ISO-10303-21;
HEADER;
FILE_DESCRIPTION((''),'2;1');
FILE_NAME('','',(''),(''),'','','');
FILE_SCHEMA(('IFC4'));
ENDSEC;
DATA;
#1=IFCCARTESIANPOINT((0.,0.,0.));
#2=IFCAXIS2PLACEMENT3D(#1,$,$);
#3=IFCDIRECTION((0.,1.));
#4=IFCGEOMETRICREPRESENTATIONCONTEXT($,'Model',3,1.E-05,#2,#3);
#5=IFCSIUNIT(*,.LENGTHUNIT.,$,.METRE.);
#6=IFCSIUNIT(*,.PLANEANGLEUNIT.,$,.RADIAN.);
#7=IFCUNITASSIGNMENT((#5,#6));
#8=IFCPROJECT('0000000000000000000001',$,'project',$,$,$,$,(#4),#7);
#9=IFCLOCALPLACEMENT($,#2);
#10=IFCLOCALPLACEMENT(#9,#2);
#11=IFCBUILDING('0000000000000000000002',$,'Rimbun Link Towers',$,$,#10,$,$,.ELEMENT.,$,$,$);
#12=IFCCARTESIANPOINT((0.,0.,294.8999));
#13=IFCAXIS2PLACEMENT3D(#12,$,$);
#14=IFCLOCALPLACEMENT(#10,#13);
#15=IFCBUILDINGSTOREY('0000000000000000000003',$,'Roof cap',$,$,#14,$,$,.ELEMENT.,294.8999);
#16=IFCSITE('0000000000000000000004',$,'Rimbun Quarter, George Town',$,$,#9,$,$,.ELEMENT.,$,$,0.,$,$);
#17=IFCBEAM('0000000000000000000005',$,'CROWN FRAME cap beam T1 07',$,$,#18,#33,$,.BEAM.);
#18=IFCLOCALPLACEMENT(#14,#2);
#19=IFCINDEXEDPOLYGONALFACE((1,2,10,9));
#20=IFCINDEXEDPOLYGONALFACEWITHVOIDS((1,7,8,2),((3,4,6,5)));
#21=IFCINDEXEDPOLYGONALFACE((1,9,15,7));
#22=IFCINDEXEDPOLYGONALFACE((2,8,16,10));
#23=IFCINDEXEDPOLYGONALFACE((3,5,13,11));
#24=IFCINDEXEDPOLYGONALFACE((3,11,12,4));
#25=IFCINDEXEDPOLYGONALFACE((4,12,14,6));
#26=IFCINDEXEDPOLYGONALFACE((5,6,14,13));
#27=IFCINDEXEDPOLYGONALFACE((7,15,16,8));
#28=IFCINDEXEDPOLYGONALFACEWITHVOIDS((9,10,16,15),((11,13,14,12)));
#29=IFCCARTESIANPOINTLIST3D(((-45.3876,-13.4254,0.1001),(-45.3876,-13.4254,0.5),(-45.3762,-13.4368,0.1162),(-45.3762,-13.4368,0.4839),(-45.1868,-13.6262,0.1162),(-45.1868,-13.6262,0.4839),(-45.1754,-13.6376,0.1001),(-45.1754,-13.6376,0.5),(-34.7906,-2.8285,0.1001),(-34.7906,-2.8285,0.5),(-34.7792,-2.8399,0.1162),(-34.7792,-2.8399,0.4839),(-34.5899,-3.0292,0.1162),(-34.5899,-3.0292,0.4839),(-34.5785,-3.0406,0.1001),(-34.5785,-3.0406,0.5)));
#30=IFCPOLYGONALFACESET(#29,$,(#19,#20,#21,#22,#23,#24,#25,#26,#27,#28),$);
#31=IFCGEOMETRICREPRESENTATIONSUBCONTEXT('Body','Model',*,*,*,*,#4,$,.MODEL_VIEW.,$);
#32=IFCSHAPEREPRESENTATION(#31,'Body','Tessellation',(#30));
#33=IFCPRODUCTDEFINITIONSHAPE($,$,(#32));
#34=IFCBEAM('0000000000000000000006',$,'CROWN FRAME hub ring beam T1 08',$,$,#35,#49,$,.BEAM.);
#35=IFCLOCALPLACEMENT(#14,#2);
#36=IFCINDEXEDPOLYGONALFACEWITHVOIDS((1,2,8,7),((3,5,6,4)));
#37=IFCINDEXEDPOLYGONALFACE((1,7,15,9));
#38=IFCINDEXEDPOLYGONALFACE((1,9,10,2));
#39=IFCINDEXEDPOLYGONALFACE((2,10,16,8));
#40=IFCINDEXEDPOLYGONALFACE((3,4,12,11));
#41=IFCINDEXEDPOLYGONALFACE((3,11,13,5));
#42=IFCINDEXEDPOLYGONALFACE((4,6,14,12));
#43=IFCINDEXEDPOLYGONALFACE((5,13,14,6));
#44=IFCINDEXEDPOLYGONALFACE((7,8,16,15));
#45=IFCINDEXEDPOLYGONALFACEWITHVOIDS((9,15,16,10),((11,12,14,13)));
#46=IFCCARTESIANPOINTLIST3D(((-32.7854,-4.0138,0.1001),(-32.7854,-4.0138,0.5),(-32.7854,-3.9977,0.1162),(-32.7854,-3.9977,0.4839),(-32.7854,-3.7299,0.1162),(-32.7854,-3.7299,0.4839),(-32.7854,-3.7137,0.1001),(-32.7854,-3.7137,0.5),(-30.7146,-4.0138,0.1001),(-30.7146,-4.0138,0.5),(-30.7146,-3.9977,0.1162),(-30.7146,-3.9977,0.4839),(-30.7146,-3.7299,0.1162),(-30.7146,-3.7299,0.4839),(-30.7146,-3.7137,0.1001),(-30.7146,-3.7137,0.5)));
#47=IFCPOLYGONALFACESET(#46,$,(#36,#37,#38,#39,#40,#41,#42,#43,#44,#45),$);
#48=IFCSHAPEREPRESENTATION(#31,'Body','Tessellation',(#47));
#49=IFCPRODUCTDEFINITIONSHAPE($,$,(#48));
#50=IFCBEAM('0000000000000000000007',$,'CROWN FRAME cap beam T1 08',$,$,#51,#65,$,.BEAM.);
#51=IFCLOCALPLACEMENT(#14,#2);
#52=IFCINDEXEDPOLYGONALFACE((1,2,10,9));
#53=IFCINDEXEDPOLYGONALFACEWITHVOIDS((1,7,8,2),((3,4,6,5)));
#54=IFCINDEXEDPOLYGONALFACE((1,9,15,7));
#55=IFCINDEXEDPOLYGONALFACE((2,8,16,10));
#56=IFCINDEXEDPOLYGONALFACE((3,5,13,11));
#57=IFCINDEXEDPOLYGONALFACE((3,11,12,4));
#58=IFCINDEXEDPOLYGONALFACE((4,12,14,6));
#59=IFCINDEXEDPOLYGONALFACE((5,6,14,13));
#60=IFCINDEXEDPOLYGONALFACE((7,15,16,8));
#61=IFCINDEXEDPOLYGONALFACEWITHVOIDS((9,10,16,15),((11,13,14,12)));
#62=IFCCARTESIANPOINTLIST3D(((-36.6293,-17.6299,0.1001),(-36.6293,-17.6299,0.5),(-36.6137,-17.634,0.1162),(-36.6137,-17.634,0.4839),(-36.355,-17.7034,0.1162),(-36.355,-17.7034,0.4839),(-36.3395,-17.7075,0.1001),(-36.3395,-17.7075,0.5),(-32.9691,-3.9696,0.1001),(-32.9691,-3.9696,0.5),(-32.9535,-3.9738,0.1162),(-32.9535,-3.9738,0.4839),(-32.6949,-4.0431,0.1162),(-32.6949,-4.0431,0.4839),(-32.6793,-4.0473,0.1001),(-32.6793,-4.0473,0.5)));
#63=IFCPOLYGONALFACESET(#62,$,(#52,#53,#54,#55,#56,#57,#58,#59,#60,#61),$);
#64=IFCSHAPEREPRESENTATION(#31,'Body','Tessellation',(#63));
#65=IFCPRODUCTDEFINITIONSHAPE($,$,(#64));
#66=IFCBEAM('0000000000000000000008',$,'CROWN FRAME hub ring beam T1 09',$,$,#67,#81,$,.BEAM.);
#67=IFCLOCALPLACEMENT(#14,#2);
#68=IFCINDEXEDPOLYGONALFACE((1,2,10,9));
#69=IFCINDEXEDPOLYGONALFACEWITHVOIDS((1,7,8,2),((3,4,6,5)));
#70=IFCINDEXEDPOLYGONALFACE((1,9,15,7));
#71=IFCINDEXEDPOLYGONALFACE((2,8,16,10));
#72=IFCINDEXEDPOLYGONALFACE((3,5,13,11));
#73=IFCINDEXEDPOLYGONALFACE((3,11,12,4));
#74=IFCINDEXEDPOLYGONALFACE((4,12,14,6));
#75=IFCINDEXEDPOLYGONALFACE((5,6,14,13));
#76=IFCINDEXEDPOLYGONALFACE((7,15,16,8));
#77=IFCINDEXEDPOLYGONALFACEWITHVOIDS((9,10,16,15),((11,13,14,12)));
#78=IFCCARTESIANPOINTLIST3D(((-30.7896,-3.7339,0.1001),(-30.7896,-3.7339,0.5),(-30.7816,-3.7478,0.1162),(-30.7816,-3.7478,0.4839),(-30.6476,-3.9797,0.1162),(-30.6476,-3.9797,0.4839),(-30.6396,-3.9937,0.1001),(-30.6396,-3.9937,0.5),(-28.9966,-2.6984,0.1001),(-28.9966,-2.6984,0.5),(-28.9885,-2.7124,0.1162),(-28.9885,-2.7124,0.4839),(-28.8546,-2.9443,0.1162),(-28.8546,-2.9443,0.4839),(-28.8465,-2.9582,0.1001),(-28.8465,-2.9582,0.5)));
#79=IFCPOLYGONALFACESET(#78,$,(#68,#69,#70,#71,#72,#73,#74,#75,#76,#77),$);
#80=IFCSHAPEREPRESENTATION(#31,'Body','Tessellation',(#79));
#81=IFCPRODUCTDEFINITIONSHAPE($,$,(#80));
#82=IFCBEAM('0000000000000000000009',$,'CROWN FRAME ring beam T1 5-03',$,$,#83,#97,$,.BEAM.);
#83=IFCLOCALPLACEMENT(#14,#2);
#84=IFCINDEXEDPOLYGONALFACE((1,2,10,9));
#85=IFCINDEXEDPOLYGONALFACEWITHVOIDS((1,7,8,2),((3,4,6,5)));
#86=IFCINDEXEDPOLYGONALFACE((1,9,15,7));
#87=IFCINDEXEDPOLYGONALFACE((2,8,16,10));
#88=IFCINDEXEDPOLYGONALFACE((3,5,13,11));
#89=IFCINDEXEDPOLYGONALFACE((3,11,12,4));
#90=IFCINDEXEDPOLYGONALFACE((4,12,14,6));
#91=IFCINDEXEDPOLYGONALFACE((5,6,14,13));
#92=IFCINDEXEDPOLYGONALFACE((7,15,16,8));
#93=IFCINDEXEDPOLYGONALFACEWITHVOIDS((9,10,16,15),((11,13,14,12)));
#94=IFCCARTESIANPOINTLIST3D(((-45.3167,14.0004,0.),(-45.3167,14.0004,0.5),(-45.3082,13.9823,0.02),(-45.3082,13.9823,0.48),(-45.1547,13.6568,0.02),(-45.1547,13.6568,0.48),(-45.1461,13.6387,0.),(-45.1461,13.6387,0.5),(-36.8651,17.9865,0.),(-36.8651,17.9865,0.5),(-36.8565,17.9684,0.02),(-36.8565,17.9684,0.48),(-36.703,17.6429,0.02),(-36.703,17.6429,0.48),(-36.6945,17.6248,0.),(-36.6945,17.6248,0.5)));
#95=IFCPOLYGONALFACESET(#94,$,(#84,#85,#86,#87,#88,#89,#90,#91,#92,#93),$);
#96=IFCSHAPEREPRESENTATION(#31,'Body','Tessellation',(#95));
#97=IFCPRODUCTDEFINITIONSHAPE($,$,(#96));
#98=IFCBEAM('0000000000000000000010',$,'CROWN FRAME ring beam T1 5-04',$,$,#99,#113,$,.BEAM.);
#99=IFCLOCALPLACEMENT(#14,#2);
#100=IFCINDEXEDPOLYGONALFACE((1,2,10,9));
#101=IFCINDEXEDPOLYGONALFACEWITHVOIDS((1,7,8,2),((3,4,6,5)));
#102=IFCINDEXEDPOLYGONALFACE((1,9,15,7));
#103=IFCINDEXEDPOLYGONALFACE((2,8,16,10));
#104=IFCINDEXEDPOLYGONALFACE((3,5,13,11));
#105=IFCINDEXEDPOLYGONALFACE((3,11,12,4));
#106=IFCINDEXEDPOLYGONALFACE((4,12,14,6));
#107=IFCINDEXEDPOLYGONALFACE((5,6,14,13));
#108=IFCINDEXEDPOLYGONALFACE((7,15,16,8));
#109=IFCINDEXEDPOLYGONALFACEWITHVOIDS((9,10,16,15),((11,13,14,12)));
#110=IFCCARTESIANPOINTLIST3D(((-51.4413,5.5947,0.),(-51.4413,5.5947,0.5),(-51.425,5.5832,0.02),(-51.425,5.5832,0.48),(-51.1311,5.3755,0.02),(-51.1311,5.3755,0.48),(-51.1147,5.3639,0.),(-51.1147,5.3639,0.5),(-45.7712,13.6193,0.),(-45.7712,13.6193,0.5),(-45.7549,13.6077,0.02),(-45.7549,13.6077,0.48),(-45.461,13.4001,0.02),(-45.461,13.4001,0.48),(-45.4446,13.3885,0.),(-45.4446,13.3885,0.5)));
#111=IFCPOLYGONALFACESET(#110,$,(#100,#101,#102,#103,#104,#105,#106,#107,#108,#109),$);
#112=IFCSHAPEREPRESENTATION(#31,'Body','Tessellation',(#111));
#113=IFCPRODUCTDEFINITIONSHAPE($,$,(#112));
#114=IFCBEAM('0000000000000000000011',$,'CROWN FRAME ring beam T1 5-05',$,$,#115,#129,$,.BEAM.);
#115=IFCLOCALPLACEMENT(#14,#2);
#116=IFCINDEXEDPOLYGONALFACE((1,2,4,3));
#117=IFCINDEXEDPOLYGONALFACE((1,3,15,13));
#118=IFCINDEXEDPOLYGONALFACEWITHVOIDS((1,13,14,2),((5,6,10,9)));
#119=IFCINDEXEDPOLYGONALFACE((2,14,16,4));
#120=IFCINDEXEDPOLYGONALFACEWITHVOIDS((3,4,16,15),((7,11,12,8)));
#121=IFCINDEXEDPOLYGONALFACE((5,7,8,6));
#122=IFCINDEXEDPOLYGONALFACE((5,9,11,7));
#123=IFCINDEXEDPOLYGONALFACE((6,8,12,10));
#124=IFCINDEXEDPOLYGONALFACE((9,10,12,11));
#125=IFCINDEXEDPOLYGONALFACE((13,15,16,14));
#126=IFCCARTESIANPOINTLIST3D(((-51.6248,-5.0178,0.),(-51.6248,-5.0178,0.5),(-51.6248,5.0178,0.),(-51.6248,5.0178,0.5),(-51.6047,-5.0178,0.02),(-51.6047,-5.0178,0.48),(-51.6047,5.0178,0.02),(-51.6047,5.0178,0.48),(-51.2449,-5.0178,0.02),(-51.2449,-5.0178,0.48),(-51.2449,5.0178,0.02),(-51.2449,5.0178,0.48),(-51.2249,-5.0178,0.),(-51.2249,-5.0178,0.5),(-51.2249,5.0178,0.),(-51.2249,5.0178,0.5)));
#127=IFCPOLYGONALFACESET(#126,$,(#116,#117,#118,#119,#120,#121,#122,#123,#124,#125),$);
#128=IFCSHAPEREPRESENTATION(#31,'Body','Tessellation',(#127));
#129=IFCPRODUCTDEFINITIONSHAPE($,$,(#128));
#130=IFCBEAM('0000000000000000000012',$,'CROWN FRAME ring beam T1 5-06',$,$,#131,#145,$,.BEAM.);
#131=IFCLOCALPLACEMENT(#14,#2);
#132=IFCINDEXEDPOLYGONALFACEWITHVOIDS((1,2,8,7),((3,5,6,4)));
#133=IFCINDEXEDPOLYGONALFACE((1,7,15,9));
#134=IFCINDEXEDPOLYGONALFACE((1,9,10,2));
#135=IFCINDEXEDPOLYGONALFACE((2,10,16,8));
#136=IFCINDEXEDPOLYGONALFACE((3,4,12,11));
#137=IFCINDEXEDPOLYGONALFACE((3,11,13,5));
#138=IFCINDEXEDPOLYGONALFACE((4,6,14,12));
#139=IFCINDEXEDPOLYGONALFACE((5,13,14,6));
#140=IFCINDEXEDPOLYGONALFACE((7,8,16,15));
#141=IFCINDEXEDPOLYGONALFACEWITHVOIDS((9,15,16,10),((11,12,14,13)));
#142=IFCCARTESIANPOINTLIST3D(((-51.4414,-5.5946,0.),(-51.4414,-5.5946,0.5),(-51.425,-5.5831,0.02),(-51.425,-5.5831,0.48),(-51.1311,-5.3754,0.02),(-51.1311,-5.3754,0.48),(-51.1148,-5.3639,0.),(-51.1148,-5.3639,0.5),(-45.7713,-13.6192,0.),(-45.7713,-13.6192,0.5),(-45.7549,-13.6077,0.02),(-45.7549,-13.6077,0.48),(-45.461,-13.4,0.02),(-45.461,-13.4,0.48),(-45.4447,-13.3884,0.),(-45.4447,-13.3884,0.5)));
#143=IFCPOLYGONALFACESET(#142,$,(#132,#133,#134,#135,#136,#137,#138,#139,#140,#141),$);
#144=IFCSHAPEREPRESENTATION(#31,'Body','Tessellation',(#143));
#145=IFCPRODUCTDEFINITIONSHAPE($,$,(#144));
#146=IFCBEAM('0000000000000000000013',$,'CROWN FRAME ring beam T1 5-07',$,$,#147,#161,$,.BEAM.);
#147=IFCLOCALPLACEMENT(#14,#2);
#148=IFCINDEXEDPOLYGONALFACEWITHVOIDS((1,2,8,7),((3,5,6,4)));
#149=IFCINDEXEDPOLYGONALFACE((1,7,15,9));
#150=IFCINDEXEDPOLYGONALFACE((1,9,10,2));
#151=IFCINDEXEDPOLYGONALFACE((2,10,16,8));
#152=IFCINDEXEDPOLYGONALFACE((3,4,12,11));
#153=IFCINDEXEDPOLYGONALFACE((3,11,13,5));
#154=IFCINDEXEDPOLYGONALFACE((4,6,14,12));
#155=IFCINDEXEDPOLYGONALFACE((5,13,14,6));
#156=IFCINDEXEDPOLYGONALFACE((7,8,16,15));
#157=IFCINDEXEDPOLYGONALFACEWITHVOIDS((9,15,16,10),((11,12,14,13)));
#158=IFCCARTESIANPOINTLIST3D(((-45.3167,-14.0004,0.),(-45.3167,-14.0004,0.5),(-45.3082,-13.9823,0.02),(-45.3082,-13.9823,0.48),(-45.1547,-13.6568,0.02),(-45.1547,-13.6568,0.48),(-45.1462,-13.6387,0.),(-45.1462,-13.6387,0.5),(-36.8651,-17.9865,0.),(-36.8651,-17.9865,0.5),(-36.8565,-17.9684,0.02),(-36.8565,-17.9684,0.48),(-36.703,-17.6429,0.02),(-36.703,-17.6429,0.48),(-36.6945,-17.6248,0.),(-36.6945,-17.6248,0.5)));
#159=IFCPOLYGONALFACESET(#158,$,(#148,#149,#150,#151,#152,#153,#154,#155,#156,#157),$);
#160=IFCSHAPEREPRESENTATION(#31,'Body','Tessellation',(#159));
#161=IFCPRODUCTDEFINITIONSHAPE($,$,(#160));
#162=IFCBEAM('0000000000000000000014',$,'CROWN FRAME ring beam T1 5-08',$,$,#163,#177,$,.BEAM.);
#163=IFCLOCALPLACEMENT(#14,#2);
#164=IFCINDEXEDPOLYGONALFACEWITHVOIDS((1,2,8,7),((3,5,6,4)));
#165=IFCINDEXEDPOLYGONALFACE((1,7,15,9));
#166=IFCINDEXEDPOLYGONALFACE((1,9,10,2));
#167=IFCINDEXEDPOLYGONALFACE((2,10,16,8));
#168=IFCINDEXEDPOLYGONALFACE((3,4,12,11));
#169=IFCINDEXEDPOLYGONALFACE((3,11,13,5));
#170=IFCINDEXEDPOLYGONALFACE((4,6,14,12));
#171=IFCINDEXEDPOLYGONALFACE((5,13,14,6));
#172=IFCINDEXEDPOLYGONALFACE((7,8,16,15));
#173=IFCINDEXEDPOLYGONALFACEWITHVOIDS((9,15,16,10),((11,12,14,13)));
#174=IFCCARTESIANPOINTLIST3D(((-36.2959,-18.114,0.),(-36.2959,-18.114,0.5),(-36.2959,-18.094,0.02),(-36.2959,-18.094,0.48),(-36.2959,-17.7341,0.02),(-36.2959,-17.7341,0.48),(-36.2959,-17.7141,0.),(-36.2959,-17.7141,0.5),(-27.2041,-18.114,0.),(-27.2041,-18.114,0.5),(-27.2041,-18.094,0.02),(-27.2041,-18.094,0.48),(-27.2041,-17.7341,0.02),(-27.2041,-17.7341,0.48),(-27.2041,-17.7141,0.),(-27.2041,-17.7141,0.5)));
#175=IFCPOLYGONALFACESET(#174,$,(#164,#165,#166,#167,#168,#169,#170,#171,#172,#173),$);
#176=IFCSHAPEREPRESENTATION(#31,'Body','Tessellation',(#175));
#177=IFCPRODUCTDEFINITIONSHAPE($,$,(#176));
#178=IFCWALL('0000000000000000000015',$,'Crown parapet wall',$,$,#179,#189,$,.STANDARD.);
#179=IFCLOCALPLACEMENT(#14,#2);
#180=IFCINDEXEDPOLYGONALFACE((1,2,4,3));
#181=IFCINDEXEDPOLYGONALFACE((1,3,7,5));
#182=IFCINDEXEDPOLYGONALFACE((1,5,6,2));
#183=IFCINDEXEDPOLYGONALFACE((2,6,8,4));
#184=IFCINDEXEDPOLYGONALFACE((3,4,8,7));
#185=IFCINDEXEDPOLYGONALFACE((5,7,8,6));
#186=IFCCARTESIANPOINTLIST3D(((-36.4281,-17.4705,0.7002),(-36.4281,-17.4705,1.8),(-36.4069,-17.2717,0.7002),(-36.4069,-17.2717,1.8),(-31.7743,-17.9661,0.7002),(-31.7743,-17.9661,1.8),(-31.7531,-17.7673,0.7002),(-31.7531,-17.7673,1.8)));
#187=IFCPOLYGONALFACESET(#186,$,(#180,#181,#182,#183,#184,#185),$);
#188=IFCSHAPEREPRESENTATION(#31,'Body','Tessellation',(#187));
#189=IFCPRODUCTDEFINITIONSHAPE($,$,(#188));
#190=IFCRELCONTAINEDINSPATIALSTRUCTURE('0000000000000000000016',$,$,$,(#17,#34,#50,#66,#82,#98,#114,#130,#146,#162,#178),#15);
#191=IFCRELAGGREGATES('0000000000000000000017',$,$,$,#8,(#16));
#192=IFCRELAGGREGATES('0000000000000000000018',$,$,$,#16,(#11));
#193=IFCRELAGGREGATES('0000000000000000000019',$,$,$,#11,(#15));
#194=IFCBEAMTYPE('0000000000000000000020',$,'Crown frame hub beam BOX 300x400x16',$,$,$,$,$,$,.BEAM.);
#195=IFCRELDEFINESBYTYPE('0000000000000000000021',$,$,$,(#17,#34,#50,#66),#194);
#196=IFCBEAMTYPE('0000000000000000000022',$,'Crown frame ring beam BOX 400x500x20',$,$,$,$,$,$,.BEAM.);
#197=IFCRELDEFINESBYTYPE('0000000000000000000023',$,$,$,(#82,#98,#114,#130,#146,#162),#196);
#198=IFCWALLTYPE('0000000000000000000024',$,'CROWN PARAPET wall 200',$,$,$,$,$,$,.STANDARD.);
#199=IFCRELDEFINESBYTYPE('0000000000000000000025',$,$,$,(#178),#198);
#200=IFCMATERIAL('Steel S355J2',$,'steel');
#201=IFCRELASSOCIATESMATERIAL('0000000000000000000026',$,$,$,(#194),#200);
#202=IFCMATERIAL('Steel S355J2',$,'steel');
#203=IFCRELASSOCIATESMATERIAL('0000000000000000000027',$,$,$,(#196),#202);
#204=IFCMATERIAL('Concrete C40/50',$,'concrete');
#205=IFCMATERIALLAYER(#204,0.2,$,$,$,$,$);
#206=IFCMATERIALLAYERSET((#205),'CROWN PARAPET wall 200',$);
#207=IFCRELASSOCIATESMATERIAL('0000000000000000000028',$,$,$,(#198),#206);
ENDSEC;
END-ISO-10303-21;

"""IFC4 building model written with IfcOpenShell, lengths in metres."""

from ifc_helpers import new_model, si_unit, direction, frame, frame_2d, origin, origin_2d, place, context, subcontext, project, spatial, rectangle, hollow_rectangle, extrude, material, layer, layer_set, material_profile, profile_set, type_object, element, save


model = new_model("IFC4")

# Units and contexts
model_context = context("Model", 3, precision=1e-05, world=origin(), true_north=direction((0.0, 1.0)))
body_context = subcontext(model_context, "Body", "Model", "MODEL_VIEW")
ifc_project = project(units=[si_unit("LENGTHUNIT", "METRE"), si_unit("PLANEANGLEUNIT", "RADIAN")], contexts=[model_context])

# Site, building, storey
site_placement = place(None, origin())
site = spatial("IfcSite", under=ifc_project, at=site_placement, Name="Rimbun Quarter, George Town", CompositionType="ELEMENT", RefElevation=0.0)
building_placement = place(site_placement, origin())
building = spatial("IfcBuilding", under=site, at=building_placement, Name="Rimbun Link Towers", CompositionType="ELEMENT")
storey_placement = place(building_placement, frame((0.0, 0.0, 294.8999)))
storey = spatial("IfcBuildingStorey", under=building, at=storey_placement, Name="Roof cap", CompositionType="ELEMENT", Elevation=294.8999)

# Beams
ifc_material_1 = material(Name="Steel S355J2", Category="steel")
ifc_material_profile_1 = material_profile(ifc_material_1, hollow_rectangle(XDim=0.3, YDim=0.3999, WallThickness=0.0161, at=origin_2d()), Name="Crown frame hub beam BOX 300x400x16")
ifc_profile_set_1 = profile_set([ifc_material_profile_1], Name="Steel S355J2")
beam_type_1 = type_object("IfcBeamType", Name="Crown frame hub beam BOX 300x400x16", PredefinedType="BEAM", material=ifc_profile_set_1)
beam_1_placement = place(storey_placement, frame((-45.2815, -13.5315, 0.3), z_axis=(0.707107, 0.707107, 0.0), x_axis=(-0.707107, 0.707107, 0.0)))
element("IfcBeam", 1, at=beam_1_placement, inside=storey, type_object=beam_type_1, Name="CROWN FRAME cap beam T1 07", PredefinedType="BEAM", context=body_context, shape_type="SweptSolid", body=[
    extrude(hollow_rectangle(XDim=0.3, YDim=0.3999, WallThickness=0.0161, at=origin_2d()), origin(), (0.0, 0.0, 1.0), 14.9863),
])
beam_2_placement = place(storey_placement, frame((-32.7854, -3.8638, 0.3), z_axis=(1.0, 0.0, 0.0), x_axis=(0.0, 1.0, 0.0)))
element("IfcBeam", 2, at=beam_2_placement, inside=storey, type_object=beam_type_1, Name="CROWN FRAME hub ring beam T1 08", PredefinedType="BEAM", context=body_context, shape_type="SweptSolid", body=[
    extrude(hollow_rectangle(XDim=0.3, YDim=0.3999, WallThickness=0.0161, at=origin_2d()), origin(), (0.0, 0.0, 1.0), 2.0708),
])
beam_3_placement = place(storey_placement, frame((-36.4844, -17.6687, 0.3), z_axis=(0.258814, 0.965927, 0.0), x_axis=(-0.965927, 0.258814, 0.0)))
element("IfcBeam", 3, at=beam_3_placement, inside=storey, type_object=beam_type_1, Name="CROWN FRAME cap beam T1 08", PredefinedType="BEAM", context=body_context, shape_type="SweptSolid", body=[
    extrude(hollow_rectangle(XDim=0.3, YDim=0.3999, WallThickness=0.0161, at=origin_2d()), origin(), (0.0, 0.0, 1.0), 14.1421),
])
beam_4_placement = place(storey_placement, frame((-30.7146, -3.8638, 0.3), z_axis=(0.865977, 0.500083, 0.0), x_axis=(-0.500083, 0.865977, 0.0)))
element("IfcBeam", 4, at=beam_4_placement, inside=storey, type_object=beam_type_1, Name="CROWN FRAME hub ring beam T1 09", PredefinedType="BEAM", context=body_context, shape_type="SweptSolid", body=[
    extrude(hollow_rectangle(XDim=0.3, YDim=0.3999, WallThickness=0.0161, at=origin_2d()), origin(), (0.0, 0.0, 1.0), 2.0706),
])
ifc_material_2 = material(Name="Steel S355J2", Category="steel")
ifc_material_profile_2 = material_profile(ifc_material_2, hollow_rectangle(XDim=0.3999, YDim=0.5, WallThickness=0.02, at=origin_2d()), Name="Crown frame ring beam BOX 400x500x20")
ifc_profile_set_2 = profile_set([ifc_material_profile_2], Name="Steel S355J2")
beam_type_2 = type_object("IfcBeamType", Name="Crown frame ring beam BOX 400x500x20", PredefinedType="BEAM", material=ifc_profile_set_2)
beam_5_placement = place(storey_placement, frame((-36.7798, 17.8057, 0.25), z_axis=(-0.904454, -0.426571, 0.0), x_axis=(0.426571, -0.904454, 0.0)))
element("IfcBeam", 5, at=beam_5_placement, inside=storey, type_object=beam_type_2, Name="CROWN FRAME ring beam T1 5-03", PredefinedType="BEAM", context=body_context, shape_type="SweptSolid", body=[
    extrude(hollow_rectangle(XDim=0.3999, YDim=0.5, WallThickness=0.02, at=origin_2d()), origin(), (0.0, 0.0, 1.0), 9.3445),
])
beam_6_placement = place(storey_placement, frame((-45.6079, 13.5039, 0.25), z_axis=(-0.57707, -0.816694, 0.0), x_axis=(0.816694, -0.57707, 0.0)))
element("IfcBeam", 6, at=beam_6_placement, inside=storey, type_object=beam_type_2, Name="CROWN FRAME ring beam T1 5-04", PredefinedType="BEAM", context=body_context, shape_type="SweptSolid", body=[
    extrude(hollow_rectangle(XDim=0.3999, YDim=0.5, WallThickness=0.02, at=origin_2d()), origin(), (0.0, 0.0, 1.0), 9.8257),
])
beam_7_placement = place(storey_placement, frame((-51.4248, 5.0178, 0.25), z_axis=(0.0, -1.0, 0.0), x_axis=(1.0, 0.0, 0.0)))
element("IfcBeam", 7, at=beam_7_placement, inside=storey, type_object=beam_type_2, Name="CROWN FRAME ring beam T1 5-05", PredefinedType="BEAM", context=body_context, shape_type="SweptSolid", body=[
    extrude(hollow_rectangle(XDim=0.3999, YDim=0.5, WallThickness=0.02, at=origin_2d()), origin(), (0.0, 0.0, 1.0), 10.0356),
])
beam_8_placement = place(storey_placement, frame((-51.2781, -5.4792, 0.25), z_axis=(0.57707, -0.816694, 0.0), x_axis=(0.816694, 0.57707, 0.0)))
element("IfcBeam", 8, at=beam_8_placement, inside=storey, type_object=beam_type_2, Name="CROWN FRAME ring beam T1 5-06", PredefinedType="BEAM", context=body_context, shape_type="SweptSolid", body=[
    extrude(hollow_rectangle(XDim=0.3999, YDim=0.5, WallThickness=0.02, at=origin_2d()), origin(), (0.0, 0.0, 1.0), 9.8257),
])
beam_9_placement = place(storey_placement, frame((-45.2314, -13.8196, 0.25), z_axis=(0.904454, -0.426571, 0.0), x_axis=(0.426571, 0.904454, 0.0)))
element("IfcBeam", 9, at=beam_9_placement, inside=storey, type_object=beam_type_2, Name="CROWN FRAME ring beam T1 5-07", PredefinedType="BEAM", context=body_context, shape_type="SweptSolid", body=[
    extrude(hollow_rectangle(XDim=0.3999, YDim=0.5, WallThickness=0.02, at=origin_2d()), origin(), (0.0, 0.0, 1.0), 9.3445),
])
beam_10_placement = place(storey_placement, frame((-36.2959, -17.9141, 0.25), z_axis=(1.0, 0.0, 0.0), x_axis=(0.0, 1.0, 0.0)))
element("IfcBeam", 10, at=beam_10_placement, inside=storey, type_object=beam_type_2, Name="CROWN FRAME ring beam T1 5-08", PredefinedType="BEAM", context=body_context, shape_type="SweptSolid", body=[
    extrude(hollow_rectangle(XDim=0.3999, YDim=0.5, WallThickness=0.02, at=origin_2d()), origin(), (0.0, 0.0, 1.0), 9.0918),
])

# Wall
ifc_material_3 = material(Name="Concrete C40/50", Category="concrete")
ifc_layer = layer(ifc_material_3, 0.2)
ifc_layer_set = layer_set([ifc_layer], Name="CROWN PARAPET wall 200")
wall_type = type_object("IfcWallType", Name="CROWN PARAPET wall 200", PredefinedType="STANDARD", material=ifc_layer_set)
wall_1_placement = place(storey_placement, frame((-31.7637, -17.8667, 0.7002), z_axis=(0.0, 0.0, 1.0), x_axis=(-0.994377, 0.105896, 0.0)))
element("IfcWall", 11, at=wall_1_placement, inside=storey, type_object=wall_type, Name="Crown parapet wall", PredefinedType="STANDARD", context=body_context, shape_type="SweptSolid", body=[
    extrude(rectangle(XDim=4.6802, YDim=0.2, at=frame_2d((2.3401, 0.0))), origin(), (0.0, 0.0, 1.0), 1.0999),
])

save(model, "model.ifc")
